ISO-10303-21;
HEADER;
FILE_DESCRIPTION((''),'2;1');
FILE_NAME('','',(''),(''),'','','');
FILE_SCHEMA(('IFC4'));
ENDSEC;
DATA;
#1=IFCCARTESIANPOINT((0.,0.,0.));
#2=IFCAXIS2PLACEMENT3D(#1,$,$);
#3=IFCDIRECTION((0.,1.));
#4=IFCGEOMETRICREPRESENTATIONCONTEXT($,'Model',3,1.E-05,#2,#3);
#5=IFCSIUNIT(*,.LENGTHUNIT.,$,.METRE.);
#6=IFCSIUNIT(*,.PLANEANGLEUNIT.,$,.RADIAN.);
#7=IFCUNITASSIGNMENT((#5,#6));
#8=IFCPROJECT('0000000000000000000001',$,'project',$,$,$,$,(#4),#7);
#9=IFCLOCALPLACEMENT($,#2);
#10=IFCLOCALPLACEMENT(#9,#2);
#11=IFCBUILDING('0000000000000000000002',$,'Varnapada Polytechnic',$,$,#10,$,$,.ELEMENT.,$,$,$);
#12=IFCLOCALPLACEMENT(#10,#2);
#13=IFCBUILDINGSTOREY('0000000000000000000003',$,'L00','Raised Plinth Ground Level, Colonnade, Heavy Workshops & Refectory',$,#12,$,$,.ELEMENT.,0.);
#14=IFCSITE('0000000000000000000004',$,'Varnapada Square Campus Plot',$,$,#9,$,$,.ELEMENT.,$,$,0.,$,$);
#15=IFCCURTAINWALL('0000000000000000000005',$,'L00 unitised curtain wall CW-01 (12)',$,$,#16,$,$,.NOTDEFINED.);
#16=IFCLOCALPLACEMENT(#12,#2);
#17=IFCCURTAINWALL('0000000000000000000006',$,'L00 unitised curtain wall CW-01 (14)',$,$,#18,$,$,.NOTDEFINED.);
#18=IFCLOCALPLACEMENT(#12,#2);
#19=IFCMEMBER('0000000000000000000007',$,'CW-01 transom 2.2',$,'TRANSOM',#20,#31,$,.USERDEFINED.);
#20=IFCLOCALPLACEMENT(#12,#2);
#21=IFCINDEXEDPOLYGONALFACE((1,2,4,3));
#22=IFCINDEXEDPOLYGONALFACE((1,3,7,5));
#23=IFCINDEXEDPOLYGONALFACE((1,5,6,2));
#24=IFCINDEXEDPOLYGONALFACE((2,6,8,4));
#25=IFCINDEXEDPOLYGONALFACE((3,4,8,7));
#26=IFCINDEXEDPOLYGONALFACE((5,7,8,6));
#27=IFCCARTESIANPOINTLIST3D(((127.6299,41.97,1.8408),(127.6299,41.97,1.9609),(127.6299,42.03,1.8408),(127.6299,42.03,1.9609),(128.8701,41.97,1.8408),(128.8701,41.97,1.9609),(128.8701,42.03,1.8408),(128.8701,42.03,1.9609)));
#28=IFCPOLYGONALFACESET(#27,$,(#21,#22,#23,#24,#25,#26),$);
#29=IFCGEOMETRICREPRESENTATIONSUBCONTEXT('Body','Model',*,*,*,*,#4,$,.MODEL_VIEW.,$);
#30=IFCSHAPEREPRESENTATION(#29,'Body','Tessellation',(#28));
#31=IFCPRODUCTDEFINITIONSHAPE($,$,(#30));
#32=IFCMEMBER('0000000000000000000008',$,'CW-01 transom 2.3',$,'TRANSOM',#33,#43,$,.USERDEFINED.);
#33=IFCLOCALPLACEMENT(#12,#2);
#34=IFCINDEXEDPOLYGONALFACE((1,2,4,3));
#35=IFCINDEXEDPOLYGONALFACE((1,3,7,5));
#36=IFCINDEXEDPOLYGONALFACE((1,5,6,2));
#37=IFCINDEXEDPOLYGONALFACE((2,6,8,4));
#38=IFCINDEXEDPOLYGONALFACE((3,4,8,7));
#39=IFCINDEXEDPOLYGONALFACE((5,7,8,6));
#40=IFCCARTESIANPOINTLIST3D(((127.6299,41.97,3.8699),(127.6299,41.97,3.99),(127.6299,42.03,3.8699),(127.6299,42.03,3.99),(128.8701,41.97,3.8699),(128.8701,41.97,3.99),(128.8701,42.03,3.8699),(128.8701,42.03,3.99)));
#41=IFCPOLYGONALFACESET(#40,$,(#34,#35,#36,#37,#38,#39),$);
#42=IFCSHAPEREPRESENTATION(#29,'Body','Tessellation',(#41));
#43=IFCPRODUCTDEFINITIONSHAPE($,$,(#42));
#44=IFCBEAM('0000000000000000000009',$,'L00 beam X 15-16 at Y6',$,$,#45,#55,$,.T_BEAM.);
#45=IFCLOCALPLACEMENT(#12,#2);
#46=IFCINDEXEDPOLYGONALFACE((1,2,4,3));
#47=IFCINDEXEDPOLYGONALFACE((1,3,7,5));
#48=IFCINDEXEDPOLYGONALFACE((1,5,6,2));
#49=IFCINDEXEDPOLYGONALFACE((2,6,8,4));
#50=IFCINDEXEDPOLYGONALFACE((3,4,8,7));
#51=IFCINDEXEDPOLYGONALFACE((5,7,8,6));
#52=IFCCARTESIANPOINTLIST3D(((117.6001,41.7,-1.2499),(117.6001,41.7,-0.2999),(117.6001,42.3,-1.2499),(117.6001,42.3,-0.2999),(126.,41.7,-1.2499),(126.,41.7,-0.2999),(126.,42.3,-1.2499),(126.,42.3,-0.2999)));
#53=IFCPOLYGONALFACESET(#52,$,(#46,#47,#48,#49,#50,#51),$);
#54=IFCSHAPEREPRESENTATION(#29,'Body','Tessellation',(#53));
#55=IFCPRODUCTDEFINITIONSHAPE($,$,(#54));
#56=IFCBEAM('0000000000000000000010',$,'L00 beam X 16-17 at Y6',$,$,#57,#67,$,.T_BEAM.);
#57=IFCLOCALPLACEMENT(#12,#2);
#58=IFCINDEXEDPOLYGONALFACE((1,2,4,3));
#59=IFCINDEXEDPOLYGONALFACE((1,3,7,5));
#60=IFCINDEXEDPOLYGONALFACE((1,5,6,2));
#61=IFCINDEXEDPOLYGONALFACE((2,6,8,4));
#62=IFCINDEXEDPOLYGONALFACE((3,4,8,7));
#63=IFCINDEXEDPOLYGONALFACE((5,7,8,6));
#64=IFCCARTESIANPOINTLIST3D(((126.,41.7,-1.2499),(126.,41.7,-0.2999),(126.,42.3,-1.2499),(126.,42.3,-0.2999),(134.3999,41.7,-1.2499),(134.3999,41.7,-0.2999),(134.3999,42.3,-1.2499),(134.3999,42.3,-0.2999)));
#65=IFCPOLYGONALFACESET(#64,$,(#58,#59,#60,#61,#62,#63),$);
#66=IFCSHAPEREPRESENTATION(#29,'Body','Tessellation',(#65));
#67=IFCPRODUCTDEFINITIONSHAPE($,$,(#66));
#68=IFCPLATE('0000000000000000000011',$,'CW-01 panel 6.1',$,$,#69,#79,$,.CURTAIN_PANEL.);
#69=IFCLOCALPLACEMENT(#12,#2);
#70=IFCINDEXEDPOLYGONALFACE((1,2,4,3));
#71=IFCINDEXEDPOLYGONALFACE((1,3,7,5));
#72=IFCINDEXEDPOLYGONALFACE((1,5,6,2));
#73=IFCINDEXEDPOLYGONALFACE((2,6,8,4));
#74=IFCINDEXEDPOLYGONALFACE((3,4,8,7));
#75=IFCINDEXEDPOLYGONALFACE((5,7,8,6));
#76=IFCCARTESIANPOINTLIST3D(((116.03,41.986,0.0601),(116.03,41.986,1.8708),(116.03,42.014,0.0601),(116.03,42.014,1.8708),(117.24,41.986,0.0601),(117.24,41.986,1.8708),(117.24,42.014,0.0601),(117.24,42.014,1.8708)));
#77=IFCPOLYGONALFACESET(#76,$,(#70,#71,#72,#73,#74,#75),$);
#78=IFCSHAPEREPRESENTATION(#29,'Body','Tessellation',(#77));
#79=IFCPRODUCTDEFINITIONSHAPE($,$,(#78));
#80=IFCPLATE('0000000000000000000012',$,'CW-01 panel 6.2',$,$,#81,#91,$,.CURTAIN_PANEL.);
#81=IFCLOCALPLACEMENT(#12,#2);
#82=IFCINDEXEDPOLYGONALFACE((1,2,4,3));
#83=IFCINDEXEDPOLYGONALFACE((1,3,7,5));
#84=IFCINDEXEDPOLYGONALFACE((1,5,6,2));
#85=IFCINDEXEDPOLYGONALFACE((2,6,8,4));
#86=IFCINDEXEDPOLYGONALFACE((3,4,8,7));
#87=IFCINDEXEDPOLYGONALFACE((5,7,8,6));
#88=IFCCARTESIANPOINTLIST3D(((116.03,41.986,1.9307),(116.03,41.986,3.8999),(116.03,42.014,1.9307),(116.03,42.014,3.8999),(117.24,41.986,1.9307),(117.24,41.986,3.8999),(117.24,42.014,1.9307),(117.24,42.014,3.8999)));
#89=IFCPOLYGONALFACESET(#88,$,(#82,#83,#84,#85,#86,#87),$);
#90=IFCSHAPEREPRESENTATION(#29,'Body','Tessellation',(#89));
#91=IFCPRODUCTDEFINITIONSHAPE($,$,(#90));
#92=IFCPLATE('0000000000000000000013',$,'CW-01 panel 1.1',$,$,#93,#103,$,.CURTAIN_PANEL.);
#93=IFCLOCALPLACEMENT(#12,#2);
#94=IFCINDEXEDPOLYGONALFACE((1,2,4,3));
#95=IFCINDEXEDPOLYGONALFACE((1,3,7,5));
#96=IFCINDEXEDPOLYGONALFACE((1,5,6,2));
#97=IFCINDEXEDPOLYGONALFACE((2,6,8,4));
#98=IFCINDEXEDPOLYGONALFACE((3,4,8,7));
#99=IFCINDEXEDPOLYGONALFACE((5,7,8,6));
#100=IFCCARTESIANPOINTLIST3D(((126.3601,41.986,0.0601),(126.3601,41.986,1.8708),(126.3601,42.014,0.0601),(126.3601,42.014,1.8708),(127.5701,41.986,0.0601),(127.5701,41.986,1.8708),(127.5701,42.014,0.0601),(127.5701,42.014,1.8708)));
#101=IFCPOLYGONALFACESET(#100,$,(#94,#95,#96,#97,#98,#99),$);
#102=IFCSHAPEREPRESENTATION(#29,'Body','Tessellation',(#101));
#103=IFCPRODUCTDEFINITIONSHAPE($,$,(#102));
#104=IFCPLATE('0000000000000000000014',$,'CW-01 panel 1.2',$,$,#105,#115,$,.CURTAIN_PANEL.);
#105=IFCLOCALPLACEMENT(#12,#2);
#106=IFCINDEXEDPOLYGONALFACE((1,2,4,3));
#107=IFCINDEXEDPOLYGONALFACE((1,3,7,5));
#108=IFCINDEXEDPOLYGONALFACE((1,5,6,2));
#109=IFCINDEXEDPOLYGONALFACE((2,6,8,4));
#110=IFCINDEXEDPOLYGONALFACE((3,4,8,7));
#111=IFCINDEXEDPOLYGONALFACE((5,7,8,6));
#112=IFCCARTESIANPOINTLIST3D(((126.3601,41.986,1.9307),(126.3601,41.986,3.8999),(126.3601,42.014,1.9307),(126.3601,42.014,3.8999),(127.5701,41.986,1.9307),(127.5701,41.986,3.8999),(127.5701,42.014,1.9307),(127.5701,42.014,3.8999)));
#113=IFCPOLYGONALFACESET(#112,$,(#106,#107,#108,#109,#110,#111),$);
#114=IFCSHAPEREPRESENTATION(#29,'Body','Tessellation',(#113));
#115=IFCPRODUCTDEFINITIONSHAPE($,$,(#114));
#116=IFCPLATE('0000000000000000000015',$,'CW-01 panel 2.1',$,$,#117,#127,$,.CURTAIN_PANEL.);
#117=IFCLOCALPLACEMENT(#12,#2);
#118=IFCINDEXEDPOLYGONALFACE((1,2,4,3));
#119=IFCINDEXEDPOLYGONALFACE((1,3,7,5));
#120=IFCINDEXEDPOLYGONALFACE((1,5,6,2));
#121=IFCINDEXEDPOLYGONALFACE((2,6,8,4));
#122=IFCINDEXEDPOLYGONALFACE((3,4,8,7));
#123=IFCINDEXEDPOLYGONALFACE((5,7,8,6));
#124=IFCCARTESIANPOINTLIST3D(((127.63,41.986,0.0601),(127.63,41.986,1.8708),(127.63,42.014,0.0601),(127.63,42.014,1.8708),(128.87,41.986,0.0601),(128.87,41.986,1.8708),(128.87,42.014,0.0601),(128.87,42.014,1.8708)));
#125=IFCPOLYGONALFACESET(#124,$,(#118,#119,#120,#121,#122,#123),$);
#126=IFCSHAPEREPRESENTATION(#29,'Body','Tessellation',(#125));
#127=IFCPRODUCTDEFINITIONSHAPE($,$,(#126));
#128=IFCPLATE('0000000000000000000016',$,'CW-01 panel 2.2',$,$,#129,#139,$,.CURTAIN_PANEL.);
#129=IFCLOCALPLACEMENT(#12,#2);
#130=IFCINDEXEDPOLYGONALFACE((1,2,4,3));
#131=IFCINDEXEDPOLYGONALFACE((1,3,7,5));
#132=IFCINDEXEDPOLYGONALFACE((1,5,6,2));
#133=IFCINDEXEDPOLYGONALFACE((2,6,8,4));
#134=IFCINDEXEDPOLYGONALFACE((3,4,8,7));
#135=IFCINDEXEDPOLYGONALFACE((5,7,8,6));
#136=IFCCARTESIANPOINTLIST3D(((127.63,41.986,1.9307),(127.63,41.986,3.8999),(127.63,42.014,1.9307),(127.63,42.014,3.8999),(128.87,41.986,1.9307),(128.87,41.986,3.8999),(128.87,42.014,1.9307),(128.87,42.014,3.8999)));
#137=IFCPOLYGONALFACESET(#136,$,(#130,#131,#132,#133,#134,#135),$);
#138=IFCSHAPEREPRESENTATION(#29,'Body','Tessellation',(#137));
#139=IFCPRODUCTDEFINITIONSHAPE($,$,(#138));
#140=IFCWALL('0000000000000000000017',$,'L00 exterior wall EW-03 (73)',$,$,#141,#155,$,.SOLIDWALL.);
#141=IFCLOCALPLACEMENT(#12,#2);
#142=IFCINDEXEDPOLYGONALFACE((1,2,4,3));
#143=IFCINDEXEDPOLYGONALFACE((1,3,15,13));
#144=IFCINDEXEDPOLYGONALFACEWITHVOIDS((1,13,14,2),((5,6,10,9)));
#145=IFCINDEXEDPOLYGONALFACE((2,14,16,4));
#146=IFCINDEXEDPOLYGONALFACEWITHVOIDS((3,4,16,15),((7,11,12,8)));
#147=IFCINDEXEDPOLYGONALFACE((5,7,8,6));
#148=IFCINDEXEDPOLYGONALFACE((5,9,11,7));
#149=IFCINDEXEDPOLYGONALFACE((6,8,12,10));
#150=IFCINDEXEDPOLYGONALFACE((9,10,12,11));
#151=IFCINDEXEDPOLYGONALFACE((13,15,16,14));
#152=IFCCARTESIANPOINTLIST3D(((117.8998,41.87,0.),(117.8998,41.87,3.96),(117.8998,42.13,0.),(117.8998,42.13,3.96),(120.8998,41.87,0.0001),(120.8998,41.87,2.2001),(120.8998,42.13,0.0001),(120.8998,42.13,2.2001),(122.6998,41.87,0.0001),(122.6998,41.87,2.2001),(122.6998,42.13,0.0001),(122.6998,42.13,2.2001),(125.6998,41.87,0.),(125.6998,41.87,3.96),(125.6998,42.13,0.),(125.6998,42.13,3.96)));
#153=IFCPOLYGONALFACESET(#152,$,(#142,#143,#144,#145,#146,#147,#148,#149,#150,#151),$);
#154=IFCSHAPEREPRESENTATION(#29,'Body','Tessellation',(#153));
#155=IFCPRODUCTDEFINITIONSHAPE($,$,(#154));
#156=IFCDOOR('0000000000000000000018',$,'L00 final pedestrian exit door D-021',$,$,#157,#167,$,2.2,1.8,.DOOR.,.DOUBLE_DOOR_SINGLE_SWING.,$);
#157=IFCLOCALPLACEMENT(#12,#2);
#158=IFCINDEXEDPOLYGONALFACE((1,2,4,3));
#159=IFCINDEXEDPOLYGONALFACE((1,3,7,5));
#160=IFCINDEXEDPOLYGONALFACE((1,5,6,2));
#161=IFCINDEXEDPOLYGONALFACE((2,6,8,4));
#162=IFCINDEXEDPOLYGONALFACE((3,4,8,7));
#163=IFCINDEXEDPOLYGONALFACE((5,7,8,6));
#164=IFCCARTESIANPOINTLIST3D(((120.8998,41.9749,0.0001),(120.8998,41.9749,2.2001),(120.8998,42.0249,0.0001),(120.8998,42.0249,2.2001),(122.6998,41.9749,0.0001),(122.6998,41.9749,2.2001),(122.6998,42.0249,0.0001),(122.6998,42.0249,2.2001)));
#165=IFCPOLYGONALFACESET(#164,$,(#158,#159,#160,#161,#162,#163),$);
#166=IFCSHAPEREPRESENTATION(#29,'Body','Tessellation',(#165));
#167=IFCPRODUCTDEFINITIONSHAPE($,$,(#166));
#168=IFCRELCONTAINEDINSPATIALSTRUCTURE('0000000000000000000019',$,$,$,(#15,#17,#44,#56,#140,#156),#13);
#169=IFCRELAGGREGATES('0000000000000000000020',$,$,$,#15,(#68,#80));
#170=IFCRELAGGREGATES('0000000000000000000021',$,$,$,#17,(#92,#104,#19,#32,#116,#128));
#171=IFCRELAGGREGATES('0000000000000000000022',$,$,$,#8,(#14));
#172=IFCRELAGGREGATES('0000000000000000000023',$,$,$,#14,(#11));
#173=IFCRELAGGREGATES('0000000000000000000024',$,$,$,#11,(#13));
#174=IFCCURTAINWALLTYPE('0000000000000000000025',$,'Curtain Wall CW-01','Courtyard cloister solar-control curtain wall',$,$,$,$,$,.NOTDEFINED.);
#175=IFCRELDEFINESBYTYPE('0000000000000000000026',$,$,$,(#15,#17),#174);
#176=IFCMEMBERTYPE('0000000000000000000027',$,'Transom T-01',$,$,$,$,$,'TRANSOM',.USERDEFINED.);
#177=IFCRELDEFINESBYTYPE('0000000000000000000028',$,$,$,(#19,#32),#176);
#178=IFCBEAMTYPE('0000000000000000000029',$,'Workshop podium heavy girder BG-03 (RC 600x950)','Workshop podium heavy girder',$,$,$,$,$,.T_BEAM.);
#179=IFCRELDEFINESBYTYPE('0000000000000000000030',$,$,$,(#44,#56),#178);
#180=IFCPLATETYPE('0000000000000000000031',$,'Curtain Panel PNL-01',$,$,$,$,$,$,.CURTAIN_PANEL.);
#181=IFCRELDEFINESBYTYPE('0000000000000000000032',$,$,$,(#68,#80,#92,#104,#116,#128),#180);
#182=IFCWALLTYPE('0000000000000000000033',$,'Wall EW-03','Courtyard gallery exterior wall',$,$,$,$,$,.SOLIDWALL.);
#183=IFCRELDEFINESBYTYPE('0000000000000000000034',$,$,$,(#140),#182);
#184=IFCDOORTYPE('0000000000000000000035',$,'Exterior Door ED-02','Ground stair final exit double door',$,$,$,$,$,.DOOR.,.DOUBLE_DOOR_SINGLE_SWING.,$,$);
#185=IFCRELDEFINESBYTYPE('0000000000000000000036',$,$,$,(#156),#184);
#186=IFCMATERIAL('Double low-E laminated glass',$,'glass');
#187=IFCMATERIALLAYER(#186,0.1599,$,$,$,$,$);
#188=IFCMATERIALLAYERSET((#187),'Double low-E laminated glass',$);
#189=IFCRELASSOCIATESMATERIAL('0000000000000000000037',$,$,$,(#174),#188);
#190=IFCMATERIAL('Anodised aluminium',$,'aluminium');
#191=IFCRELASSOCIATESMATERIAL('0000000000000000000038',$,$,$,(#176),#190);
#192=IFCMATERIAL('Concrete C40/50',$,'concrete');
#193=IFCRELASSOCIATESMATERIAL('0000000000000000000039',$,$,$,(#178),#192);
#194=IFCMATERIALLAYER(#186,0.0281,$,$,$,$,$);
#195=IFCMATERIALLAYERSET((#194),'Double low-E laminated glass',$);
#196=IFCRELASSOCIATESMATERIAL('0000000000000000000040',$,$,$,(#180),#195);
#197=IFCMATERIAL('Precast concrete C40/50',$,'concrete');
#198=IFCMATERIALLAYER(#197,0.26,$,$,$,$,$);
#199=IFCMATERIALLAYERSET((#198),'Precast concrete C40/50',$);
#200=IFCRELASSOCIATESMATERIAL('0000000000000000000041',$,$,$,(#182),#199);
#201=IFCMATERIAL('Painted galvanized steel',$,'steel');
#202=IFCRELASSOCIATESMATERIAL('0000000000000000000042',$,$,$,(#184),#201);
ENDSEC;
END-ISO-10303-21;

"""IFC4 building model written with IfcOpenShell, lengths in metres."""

from ifc_helpers import new_model, si_unit, direction, frame, frame_2d, origin, origin_2d, place, context, subcontext, project, spatial, rectangle, extrude, material, layer, layer_set, material_profile, profile_set, type_object, element, fill, aggregate, save


model = new_model("IFC4")

# Units and contexts
model_context = context("Model", 3, precision=1e-05, world=origin(), true_north=direction((0.0, 1.0)))
body_context = subcontext(model_context, "Body", "Model", "MODEL_VIEW")
ifc_project = project(units=[si_unit("LENGTHUNIT", "METRE"), si_unit("PLANEANGLEUNIT", "RADIAN")], contexts=[model_context])

# Site, building, storey
site_placement = place(None, origin())
site = spatial("IfcSite", under=ifc_project, at=site_placement, Name="Varnapada Square Campus Plot", CompositionType="ELEMENT", RefElevation=0.0)
building_placement = place(site_placement, origin())
building = spatial("IfcBuilding", under=site, at=building_placement, Name="Varnapada Polytechnic", CompositionType="ELEMENT")
storey_placement = place(building_placement, origin())
storey = spatial("IfcBuildingStorey", under=building, at=storey_placement, Name="L00", Description="Raised Plinth Ground Level, Colonnade, Heavy Workshops & Refectory", CompositionType="ELEMENT", Elevation=0.0)

# Shared definitions
ifc_material_1 = material(Name="Concrete C40/50", Category="concrete")

# Curtain wall
ifc_material_2 = material(Name="Double low-E laminated glass", Category="glass")
ifc_layer_1 = layer(ifc_material_2, 0.1599)
ifc_layer_set_1 = layer_set([ifc_layer_1], Name="Double low-E laminated glass")
curtain_wall_type = type_object("IfcCurtainWallType", Name="Curtain Wall CW-01", Description="Courtyard cloister solar-control curtain wall", PredefinedType="NOTDEFINED", material=ifc_layer_set_1)
curtain_wall_1_placement = place(storey_placement, origin())
curtain_wall_1 = element("IfcCurtainWall", 1, at=curtain_wall_1_placement, inside=storey, type_object=curtain_wall_type, Name="L00 unitised curtain wall CW-01 (12)", PredefinedType="NOTDEFINED")
ifc_material_3 = material(Name="Anodised aluminium", Category="aluminium")

# Curtain wall
curtain_wall_2_placement = place(storey_placement, origin())
curtain_wall_2 = element("IfcCurtainWall", 2, at=curtain_wall_2_placement, inside=storey, type_object=curtain_wall_type, Name="L00 unitised curtain wall CW-01 (14)", PredefinedType="NOTDEFINED")

# Members
ifc_material_profile_1 = material_profile(ifc_material_3, rectangle(XDim=0.0601, YDim=0.1201, at=origin_2d()), Name="ALU T60x120")
ifc_profile_set_1 = profile_set([ifc_material_profile_1], Name="Anodised aluminium")
member_type_1 = type_object("IfcMemberType", Name="Transom T-01", ElementType="TRANSOM", PredefinedType="USERDEFINED", material=ifc_profile_set_1)
member_1_placement = place(storey_placement, frame((127.6299, 42.0, 1.9009), z_axis=(1.0, 0.0, 0.0), x_axis=(0.0, 1.0, 0.0)))
member_1 = element("IfcMember", 3, at=member_1_placement, type_object=member_type_1, Name="CW-01 transom 2.2", ObjectType="TRANSOM", PredefinedType="USERDEFINED", context=body_context, shape_type="SweptSolid", body=[
    extrude(rectangle(XDim=0.0601, YDim=0.1201, at=origin_2d()), origin(), (0.0, 0.0, 1.0), 1.2402),
])
member_2_placement = place(storey_placement, frame((127.6299, 42.0, 3.9299), z_axis=(1.0, 0.0, 0.0), x_axis=(0.0, 1.0, 0.0)))
member_2 = element("IfcMember", 4, at=member_2_placement, type_object=member_type_1, Name="CW-01 transom 2.3", ObjectType="TRANSOM", PredefinedType="USERDEFINED", context=body_context, shape_type="SweptSolid", body=[
    extrude(rectangle(XDim=0.0601, YDim=0.1201, at=origin_2d()), origin(), (0.0, 0.0, 1.0), 1.2402),
])

# Beams
ifc_material_profile_2 = material_profile(ifc_material_1, rectangle(XDim=0.6001, YDim=0.95, at=origin_2d()), Name="RC 600x950")
ifc_profile_set_2 = profile_set([ifc_material_profile_2], Name="Concrete C40/50")
beam_type_1 = type_object("IfcBeamType", Name="Workshop podium heavy girder BG-03 (RC 600x950)", Description="Workshop podium heavy girder", PredefinedType="T_BEAM", material=ifc_profile_set_2)
for number, where, z_axis, x_axis, name in (
    (5, (117.6001, 42.0, -0.7749), (1.0, 0.0, 0.0), (0.0, 1.0, 0.0), "L00 beam X 15-16 at Y6"),
    (6, (126.0, 42.0, -0.7749), (1.0, 0.0, 0.0), (0.0, 1.0, 0.0), "L00 beam X 16-17 at Y6"),
):
    element("IfcBeam", number, at=place(storey_placement, frame(where, z_axis=z_axis, x_axis=x_axis)), inside=storey, type_object=beam_type_1, Name=name, PredefinedType="T_BEAM", context=body_context, shape_type="SweptSolid", body=[
        extrude(rectangle(XDim=0.6001, YDim=0.95, at=origin_2d()), origin(), (0.0, 0.0, 1.0), 8.3999),
    ])

# Plates
ifc_layer_2 = layer(ifc_material_2, 0.0281)
ifc_layer_set_2 = layer_set([ifc_layer_2], Name="Double low-E laminated glass")
plate_type = type_object("IfcPlateType", Name="Curtain Panel PNL-01", PredefinedType="CURTAIN_PANEL", material=ifc_layer_set_2)
plate_1_placement = place(storey_placement, frame((116.635, 42.0, 0.0601), z_axis=(0.0, 0.0, 1.0), x_axis=(1.0, 0.0, 0.0)))
plate_1 = element("IfcPlate", 7, at=plate_1_placement, type_object=plate_type, Name="CW-01 panel 6.1", PredefinedType="CURTAIN_PANEL", context=body_context, shape_type="SweptSolid", body=[
    extrude(rectangle(XDim=1.21, YDim=0.0281, at=origin_2d()), origin(), (0.0, 0.0, 1.0), 1.8108),
])
plate_2_placement = place(storey_placement, frame((116.635, 42.0, 1.9307), z_axis=(0.0, 0.0, 1.0), x_axis=(1.0, 0.0, 0.0)))
plate_2 = element("IfcPlate", 8, at=plate_2_placement, type_object=plate_type, Name="CW-01 panel 6.2", PredefinedType="CURTAIN_PANEL", context=body_context, shape_type="SweptSolid", body=[
    extrude(rectangle(XDim=1.21, YDim=0.0281, at=origin_2d()), origin(), (0.0, 0.0, 1.0), 1.9692),
])
aggregate(curtain_wall_1, [plate_1, plate_2])
plate_3_placement = place(storey_placement, frame((126.9651, 42.0, 0.0601), z_axis=(0.0, 0.0, 1.0), x_axis=(1.0, 0.0, 0.0)))
plate_3 = element("IfcPlate", 9, at=plate_3_placement, type_object=plate_type, Name="CW-01 panel 1.1", PredefinedType="CURTAIN_PANEL", context=body_context, shape_type="SweptSolid", body=[
    extrude(rectangle(XDim=1.21, YDim=0.0281, at=origin_2d()), origin(), (0.0, 0.0, 1.0), 1.8108),
])
plate_4_placement = place(storey_placement, frame((126.9651, 42.0, 1.9307), z_axis=(0.0, 0.0, 1.0), x_axis=(1.0, 0.0, 0.0)))
plate_4 = element("IfcPlate", 10, at=plate_4_placement, type_object=plate_type, Name="CW-01 panel 1.2", PredefinedType="CURTAIN_PANEL", context=body_context, shape_type="SweptSolid", body=[
    extrude(rectangle(XDim=1.21, YDim=0.0281, at=origin_2d()), origin(), (0.0, 0.0, 1.0), 1.9692),
])
plate_5_placement = place(storey_placement, frame((128.25, 42.0, 0.0601), z_axis=(0.0, 0.0, 1.0), x_axis=(1.0, 0.0, 0.0)))
plate_5 = element("IfcPlate", 11, at=plate_5_placement, type_object=plate_type, Name="CW-01 panel 2.1", PredefinedType="CURTAIN_PANEL", context=body_context, shape_type="SweptSolid", body=[
    extrude(rectangle(XDim=1.24, YDim=0.0281, at=origin_2d()), origin(), (0.0, 0.0, 1.0), 1.8108),
])
plate_6_placement = place(storey_placement, frame((128.25, 42.0, 1.9307), z_axis=(0.0, 0.0, 1.0), x_axis=(1.0, 0.0, 0.0)))
plate_6 = element("IfcPlate", 12, at=plate_6_placement, type_object=plate_type, Name="CW-01 panel 2.2", PredefinedType="CURTAIN_PANEL", context=body_context, shape_type="SweptSolid", body=[
    extrude(rectangle(XDim=1.24, YDim=0.0281, at=origin_2d()), origin(), (0.0, 0.0, 1.0), 1.9692),
])
aggregate(curtain_wall_2, [plate_3, plate_4, member_1, member_2, plate_5, plate_6])

# Wall, opening, door
ifc_material_4 = material(Name="Precast concrete C40/50", Category="concrete")
ifc_layer_3 = layer(ifc_material_4, 0.26)
ifc_layer_set_3 = layer_set([ifc_layer_3], Name="Precast concrete C40/50")
wall_type = type_object("IfcWallType", Name="Wall EW-03", Description="Courtyard gallery exterior wall", PredefinedType="SOLIDWALL", material=ifc_layer_set_3)
wall_placement = place(storey_placement, frame((117.8999, 42.0, 0.0), z_axis=(0.0, 0.0, 1.0), x_axis=(1.0, 0.0, 0.0)))
wall = element("IfcWall", 13, at=wall_placement, inside=storey, type_object=wall_type, Name="L00 exterior wall EW-03 (73)", PredefinedType="SOLIDWALL", context=body_context, shape_type="SweptSolid", body=[
    extrude(rectangle(XDim=7.8, YDim=0.26, at=frame_2d((3.8999, 0.0))), origin(), (0.0, 0.0, 1.0), 3.96),
])
opening_placement = place(wall_placement, frame((3.0, 0.0, 0.0)))
opening = element("IfcOpeningElement", 14, at=opening_placement, cuts=wall, PredefinedType="OPENING", context=body_context, shape_type="SweptSolid", body=[
    extrude(rectangle(XDim=1.8, YDim=2.2, at=frame_2d((0.8999, 1.1001))), frame((0.0, 0.1399, 0.0), z_axis=(0.0, -1.0, 0.0), x_axis=(1.0, 0.0, 0.0)), (0.0, 0.0, 1.0), 0.28),
])
ifc_material_5 = material(Name="Painted galvanized steel", Category="steel")
door_type = type_object("IfcDoorType", Name="Exterior Door ED-02", Description="Ground stair final exit double door", OperationType="DOUBLE_DOOR_SINGLE_SWING", PredefinedType="DOOR", material=ifc_material_5)
door_placement = place(opening_placement, origin())
door = element("IfcDoor", 15, at=door_placement, inside=storey, type_object=door_type, Name="L00 final pedestrian exit door D-021", OperationType="DOUBLE_DOOR_SINGLE_SWING", OverallHeight=2.2, OverallWidth=1.8, PredefinedType="DOOR", context=body_context, shape_type="SweptSolid", body=[
    extrude(rectangle(XDim=1.8, YDim=2.2, at=frame_2d((0.8999, 1.1001))), frame((0.0, 0.0249, 0.0), z_axis=(0.0, -1.0, 0.0), x_axis=(1.0, 0.0, 0.0)), (0.0, 0.0, 1.0), 0.05),
])
fill(opening, door)

save(model, "model.ifc")
